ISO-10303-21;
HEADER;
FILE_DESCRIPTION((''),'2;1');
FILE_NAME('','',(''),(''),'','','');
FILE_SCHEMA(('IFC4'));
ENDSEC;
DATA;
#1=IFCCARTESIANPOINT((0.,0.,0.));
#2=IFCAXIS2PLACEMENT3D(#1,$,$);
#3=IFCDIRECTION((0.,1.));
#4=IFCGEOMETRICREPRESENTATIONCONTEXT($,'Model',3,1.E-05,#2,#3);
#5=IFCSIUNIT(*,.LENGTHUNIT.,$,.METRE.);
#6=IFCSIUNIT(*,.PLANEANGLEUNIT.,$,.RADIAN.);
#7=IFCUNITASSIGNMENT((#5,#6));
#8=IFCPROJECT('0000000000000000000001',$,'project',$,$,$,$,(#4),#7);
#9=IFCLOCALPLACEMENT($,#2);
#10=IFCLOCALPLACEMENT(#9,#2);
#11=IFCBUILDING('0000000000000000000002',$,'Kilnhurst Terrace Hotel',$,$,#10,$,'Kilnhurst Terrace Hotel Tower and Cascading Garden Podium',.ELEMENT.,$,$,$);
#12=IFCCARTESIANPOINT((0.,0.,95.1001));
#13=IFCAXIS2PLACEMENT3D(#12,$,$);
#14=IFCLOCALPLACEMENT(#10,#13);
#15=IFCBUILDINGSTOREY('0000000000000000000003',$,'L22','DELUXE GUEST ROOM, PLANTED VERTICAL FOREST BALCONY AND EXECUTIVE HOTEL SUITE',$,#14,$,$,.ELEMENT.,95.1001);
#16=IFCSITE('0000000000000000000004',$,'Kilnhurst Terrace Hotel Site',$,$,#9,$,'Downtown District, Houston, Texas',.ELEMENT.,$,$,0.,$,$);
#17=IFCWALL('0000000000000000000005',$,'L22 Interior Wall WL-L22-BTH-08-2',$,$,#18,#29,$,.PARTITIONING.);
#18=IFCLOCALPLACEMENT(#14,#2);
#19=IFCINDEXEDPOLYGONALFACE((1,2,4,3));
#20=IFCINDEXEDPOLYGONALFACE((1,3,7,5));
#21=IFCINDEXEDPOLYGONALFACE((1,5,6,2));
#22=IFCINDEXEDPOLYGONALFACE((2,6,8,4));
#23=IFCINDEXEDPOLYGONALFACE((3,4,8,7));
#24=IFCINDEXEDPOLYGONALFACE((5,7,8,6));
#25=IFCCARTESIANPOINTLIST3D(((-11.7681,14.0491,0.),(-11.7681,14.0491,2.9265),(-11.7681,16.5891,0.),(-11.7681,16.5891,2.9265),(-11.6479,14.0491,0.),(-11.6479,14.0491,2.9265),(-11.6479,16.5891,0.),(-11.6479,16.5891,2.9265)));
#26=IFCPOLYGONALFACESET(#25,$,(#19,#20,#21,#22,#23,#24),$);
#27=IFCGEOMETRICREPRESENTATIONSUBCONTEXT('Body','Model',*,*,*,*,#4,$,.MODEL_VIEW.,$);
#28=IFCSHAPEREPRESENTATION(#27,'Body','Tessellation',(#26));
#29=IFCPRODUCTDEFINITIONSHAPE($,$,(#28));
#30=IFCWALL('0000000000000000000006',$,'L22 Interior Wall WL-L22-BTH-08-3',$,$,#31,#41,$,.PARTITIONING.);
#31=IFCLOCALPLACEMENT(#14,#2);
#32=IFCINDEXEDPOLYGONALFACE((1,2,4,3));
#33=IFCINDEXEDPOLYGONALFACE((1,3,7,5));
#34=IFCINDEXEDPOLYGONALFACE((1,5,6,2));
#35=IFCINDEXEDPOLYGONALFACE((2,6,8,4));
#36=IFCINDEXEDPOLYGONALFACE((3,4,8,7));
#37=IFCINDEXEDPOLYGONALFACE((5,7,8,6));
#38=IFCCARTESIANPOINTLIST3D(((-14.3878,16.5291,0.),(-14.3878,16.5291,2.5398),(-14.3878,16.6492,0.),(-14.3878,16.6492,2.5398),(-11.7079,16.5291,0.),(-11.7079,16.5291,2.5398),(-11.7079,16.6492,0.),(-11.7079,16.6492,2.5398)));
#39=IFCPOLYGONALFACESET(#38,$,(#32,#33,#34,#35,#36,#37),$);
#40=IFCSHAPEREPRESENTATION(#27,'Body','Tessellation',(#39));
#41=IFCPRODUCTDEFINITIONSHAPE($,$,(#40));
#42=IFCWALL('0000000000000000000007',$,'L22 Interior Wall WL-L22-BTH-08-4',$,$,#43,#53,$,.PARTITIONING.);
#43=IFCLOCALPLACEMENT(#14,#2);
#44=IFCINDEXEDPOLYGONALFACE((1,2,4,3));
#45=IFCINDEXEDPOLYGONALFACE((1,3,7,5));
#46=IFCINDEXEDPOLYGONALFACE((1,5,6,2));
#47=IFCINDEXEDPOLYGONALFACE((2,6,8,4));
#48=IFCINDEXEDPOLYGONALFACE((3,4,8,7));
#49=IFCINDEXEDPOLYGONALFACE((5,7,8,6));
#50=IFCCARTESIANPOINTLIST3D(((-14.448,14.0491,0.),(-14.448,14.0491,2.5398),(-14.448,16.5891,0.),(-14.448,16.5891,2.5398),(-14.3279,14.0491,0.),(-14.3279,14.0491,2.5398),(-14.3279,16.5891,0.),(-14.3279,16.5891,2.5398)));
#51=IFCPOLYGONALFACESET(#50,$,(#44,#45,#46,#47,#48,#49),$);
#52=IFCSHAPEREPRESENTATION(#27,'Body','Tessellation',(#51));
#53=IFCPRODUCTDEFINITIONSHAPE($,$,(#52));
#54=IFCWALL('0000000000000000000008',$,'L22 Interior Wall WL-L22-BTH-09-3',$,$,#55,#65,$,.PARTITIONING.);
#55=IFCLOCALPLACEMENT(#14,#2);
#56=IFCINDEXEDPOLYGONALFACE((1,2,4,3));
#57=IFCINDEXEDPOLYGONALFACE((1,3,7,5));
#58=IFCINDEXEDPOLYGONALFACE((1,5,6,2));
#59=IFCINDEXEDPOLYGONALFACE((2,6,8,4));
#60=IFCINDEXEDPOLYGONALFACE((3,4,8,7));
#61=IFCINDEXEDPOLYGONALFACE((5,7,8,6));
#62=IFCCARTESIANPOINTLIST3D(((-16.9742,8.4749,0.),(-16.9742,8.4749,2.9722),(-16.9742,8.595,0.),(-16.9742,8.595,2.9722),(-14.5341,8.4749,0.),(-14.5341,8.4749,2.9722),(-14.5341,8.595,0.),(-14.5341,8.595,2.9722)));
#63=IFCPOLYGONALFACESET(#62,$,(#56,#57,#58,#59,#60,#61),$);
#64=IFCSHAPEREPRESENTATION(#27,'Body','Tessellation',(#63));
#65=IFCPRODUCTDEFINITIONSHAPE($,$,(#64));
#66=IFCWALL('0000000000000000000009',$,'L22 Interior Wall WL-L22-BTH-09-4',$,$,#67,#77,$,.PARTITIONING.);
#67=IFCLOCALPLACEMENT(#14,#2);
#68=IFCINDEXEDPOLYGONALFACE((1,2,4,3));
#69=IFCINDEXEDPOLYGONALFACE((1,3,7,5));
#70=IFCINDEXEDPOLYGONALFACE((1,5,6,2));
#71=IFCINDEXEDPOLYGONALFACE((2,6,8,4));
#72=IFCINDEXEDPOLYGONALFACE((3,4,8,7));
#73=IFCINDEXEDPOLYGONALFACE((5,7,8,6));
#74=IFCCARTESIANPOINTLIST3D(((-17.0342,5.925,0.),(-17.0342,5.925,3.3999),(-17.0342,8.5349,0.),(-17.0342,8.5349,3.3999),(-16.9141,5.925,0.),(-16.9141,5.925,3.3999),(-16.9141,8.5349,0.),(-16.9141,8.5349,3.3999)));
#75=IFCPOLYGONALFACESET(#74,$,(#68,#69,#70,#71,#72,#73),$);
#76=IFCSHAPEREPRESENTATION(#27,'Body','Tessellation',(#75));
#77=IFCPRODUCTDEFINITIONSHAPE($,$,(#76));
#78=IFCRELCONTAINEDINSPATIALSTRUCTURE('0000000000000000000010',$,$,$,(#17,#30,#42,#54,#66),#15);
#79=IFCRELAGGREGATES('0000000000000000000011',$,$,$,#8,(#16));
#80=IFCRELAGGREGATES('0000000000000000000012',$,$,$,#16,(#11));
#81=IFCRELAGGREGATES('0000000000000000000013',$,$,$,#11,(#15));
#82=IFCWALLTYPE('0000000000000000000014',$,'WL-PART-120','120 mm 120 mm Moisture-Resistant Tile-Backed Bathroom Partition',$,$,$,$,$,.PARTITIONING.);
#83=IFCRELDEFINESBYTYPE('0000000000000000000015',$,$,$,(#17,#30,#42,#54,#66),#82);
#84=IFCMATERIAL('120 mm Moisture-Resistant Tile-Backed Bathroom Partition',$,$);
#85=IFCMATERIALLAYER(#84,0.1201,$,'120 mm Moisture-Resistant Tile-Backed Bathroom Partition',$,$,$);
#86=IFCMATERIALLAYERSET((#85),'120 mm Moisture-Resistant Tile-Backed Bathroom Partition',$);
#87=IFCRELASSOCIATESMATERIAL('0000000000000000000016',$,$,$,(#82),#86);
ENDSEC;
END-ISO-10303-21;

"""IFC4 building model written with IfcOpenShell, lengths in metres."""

from ifc_helpers import new_model, si_unit, direction, frame, frame_2d, origin, place, context, subcontext, project, spatial, rectangle, extrude, material, layer, layer_set, type_object, element, save


model = new_model("IFC4")

# Units and contexts
model_context = context("Model", 3, precision=1e-05, world=origin(), true_north=direction((0.0, 1.0)))
body_context = subcontext(model_context, "Body", "Model", "MODEL_VIEW")
ifc_project = project(units=[si_unit("LENGTHUNIT", "METRE"), si_unit("PLANEANGLEUNIT", "RADIAN")], contexts=[model_context])

# Site, building, storey
site_placement = place(None, origin())
site = spatial("IfcSite", under=ifc_project, at=site_placement, Name="Kilnhurst Terrace Hotel Site", LongName="Downtown District, Houston, Texas", CompositionType="ELEMENT", RefElevation=0.0)
building_placement = place(site_placement, origin())
building = spatial("IfcBuilding", under=site, at=building_placement, Name="Kilnhurst Terrace Hotel", LongName="Kilnhurst Terrace Hotel Tower and Cascading Garden Podium", CompositionType="ELEMENT")
storey_placement = place(building_placement, frame((0.0, 0.0, 95.1001)))
storey = spatial("IfcBuildingStorey", under=building, at=storey_placement, Name="L22", Description="DELUXE GUEST ROOM, PLANTED VERTICAL FOREST BALCONY AND EXECUTIVE HOTEL SUITE", CompositionType="ELEMENT", Elevation=95.1001)

# Shared definitions
ifc_material_1 = material(Name="120 mm Moisture-Resistant Tile-Backed Bathroom Partition")
ifc_layer_1 = layer(ifc_material_1, 0.1201, Name="120 mm Moisture-Resistant Tile-Backed Bathroom Partition")
ifc_layer_set_1 = layer_set([ifc_layer_1], Name="120 mm Moisture-Resistant Tile-Backed Bathroom Partition")
wall_type_1 = type_object("IfcWallType", Name="WL-PART-120", Description="120 mm 120 mm Moisture-Resistant Tile-Backed Bathroom Partition", PredefinedType="PARTITIONING", material=ifc_layer_set_1)

# Walls
wall_1_placement = place(storey_placement, frame((-11.708, 14.0491, 0.0), z_axis=(0.0, 0.0, 1.0), x_axis=(0.0, 1.0, 0.0)))
element("IfcWall", 1, at=wall_1_placement, inside=storey, type_object=wall_type_1, Name="L22 Interior Wall WL-L22-BTH-08-2", PredefinedType="PARTITIONING", context=body_context, shape_type="SweptSolid", body=[
    extrude(rectangle(XDim=2.54, YDim=0.1201, at=frame_2d((1.27, 0.0))), origin(), (0.0, 0.0, 1.0), 2.9265),
])
wall_2_placement = place(storey_placement, frame((-11.708, 16.5891, 0.0), z_axis=(0.0, 0.0, 1.0), x_axis=(-1.0, 0.0, 0.0)))
element("IfcWall", 2, at=wall_2_placement, inside=storey, type_object=wall_type_1, Name="L22 Interior Wall WL-L22-BTH-08-3", PredefinedType="PARTITIONING", context=body_context, shape_type="SweptSolid", body=[
    extrude(rectangle(XDim=2.6799, YDim=0.1201, at=frame_2d((1.3398, 0.0))), origin(), (0.0, 0.0, 1.0), 2.5398),
])
wall_3_placement = place(storey_placement, frame((-14.3879, 16.5891, 0.0), z_axis=(0.0, 0.0, 1.0), x_axis=(0.0, -1.0, 0.0)))
element("IfcWall", 3, at=wall_3_placement, inside=storey, type_object=wall_type_1, Name="L22 Interior Wall WL-L22-BTH-08-4", PredefinedType="PARTITIONING", context=body_context, shape_type="SweptSolid", body=[
    extrude(rectangle(XDim=2.54, YDim=0.1201, at=frame_2d((1.27, 0.0))), origin(), (0.0, 0.0, 1.0), 2.5398),
])
wall_4_placement = place(storey_placement, frame((-14.5339, 8.5349, 0.0), z_axis=(0.0, 0.0, 1.0), x_axis=(-1.0, 0.0, 0.0)))
element("IfcWall", 4, at=wall_4_placement, inside=storey, type_object=wall_type_1, Name="L22 Interior Wall WL-L22-BTH-09-3", PredefinedType="PARTITIONING", context=body_context, shape_type="SweptSolid", body=[
    extrude(rectangle(XDim=2.4402, YDim=0.1201, at=frame_2d((1.2202, 0.0))), origin(), (0.0, 0.0, 1.0), 2.9722),
])
wall_5_placement = place(storey_placement, frame((-16.9741, 8.5349, 0.0), z_axis=(0.0, 0.0, 1.0), x_axis=(0.0, -1.0, 0.0)))
element("IfcWall", 5, at=wall_5_placement, inside=storey, type_object=wall_type_1, Name="L22 Interior Wall WL-L22-BTH-09-4", PredefinedType="PARTITIONING", context=body_context, shape_type="SweptSolid", body=[
    extrude(rectangle(XDim=2.6099, YDim=0.1201, at=frame_2d((1.3049, 0.0))), origin(), (0.0, 0.0, 1.0), 3.3999),
])

save(model, "model.ifc")
